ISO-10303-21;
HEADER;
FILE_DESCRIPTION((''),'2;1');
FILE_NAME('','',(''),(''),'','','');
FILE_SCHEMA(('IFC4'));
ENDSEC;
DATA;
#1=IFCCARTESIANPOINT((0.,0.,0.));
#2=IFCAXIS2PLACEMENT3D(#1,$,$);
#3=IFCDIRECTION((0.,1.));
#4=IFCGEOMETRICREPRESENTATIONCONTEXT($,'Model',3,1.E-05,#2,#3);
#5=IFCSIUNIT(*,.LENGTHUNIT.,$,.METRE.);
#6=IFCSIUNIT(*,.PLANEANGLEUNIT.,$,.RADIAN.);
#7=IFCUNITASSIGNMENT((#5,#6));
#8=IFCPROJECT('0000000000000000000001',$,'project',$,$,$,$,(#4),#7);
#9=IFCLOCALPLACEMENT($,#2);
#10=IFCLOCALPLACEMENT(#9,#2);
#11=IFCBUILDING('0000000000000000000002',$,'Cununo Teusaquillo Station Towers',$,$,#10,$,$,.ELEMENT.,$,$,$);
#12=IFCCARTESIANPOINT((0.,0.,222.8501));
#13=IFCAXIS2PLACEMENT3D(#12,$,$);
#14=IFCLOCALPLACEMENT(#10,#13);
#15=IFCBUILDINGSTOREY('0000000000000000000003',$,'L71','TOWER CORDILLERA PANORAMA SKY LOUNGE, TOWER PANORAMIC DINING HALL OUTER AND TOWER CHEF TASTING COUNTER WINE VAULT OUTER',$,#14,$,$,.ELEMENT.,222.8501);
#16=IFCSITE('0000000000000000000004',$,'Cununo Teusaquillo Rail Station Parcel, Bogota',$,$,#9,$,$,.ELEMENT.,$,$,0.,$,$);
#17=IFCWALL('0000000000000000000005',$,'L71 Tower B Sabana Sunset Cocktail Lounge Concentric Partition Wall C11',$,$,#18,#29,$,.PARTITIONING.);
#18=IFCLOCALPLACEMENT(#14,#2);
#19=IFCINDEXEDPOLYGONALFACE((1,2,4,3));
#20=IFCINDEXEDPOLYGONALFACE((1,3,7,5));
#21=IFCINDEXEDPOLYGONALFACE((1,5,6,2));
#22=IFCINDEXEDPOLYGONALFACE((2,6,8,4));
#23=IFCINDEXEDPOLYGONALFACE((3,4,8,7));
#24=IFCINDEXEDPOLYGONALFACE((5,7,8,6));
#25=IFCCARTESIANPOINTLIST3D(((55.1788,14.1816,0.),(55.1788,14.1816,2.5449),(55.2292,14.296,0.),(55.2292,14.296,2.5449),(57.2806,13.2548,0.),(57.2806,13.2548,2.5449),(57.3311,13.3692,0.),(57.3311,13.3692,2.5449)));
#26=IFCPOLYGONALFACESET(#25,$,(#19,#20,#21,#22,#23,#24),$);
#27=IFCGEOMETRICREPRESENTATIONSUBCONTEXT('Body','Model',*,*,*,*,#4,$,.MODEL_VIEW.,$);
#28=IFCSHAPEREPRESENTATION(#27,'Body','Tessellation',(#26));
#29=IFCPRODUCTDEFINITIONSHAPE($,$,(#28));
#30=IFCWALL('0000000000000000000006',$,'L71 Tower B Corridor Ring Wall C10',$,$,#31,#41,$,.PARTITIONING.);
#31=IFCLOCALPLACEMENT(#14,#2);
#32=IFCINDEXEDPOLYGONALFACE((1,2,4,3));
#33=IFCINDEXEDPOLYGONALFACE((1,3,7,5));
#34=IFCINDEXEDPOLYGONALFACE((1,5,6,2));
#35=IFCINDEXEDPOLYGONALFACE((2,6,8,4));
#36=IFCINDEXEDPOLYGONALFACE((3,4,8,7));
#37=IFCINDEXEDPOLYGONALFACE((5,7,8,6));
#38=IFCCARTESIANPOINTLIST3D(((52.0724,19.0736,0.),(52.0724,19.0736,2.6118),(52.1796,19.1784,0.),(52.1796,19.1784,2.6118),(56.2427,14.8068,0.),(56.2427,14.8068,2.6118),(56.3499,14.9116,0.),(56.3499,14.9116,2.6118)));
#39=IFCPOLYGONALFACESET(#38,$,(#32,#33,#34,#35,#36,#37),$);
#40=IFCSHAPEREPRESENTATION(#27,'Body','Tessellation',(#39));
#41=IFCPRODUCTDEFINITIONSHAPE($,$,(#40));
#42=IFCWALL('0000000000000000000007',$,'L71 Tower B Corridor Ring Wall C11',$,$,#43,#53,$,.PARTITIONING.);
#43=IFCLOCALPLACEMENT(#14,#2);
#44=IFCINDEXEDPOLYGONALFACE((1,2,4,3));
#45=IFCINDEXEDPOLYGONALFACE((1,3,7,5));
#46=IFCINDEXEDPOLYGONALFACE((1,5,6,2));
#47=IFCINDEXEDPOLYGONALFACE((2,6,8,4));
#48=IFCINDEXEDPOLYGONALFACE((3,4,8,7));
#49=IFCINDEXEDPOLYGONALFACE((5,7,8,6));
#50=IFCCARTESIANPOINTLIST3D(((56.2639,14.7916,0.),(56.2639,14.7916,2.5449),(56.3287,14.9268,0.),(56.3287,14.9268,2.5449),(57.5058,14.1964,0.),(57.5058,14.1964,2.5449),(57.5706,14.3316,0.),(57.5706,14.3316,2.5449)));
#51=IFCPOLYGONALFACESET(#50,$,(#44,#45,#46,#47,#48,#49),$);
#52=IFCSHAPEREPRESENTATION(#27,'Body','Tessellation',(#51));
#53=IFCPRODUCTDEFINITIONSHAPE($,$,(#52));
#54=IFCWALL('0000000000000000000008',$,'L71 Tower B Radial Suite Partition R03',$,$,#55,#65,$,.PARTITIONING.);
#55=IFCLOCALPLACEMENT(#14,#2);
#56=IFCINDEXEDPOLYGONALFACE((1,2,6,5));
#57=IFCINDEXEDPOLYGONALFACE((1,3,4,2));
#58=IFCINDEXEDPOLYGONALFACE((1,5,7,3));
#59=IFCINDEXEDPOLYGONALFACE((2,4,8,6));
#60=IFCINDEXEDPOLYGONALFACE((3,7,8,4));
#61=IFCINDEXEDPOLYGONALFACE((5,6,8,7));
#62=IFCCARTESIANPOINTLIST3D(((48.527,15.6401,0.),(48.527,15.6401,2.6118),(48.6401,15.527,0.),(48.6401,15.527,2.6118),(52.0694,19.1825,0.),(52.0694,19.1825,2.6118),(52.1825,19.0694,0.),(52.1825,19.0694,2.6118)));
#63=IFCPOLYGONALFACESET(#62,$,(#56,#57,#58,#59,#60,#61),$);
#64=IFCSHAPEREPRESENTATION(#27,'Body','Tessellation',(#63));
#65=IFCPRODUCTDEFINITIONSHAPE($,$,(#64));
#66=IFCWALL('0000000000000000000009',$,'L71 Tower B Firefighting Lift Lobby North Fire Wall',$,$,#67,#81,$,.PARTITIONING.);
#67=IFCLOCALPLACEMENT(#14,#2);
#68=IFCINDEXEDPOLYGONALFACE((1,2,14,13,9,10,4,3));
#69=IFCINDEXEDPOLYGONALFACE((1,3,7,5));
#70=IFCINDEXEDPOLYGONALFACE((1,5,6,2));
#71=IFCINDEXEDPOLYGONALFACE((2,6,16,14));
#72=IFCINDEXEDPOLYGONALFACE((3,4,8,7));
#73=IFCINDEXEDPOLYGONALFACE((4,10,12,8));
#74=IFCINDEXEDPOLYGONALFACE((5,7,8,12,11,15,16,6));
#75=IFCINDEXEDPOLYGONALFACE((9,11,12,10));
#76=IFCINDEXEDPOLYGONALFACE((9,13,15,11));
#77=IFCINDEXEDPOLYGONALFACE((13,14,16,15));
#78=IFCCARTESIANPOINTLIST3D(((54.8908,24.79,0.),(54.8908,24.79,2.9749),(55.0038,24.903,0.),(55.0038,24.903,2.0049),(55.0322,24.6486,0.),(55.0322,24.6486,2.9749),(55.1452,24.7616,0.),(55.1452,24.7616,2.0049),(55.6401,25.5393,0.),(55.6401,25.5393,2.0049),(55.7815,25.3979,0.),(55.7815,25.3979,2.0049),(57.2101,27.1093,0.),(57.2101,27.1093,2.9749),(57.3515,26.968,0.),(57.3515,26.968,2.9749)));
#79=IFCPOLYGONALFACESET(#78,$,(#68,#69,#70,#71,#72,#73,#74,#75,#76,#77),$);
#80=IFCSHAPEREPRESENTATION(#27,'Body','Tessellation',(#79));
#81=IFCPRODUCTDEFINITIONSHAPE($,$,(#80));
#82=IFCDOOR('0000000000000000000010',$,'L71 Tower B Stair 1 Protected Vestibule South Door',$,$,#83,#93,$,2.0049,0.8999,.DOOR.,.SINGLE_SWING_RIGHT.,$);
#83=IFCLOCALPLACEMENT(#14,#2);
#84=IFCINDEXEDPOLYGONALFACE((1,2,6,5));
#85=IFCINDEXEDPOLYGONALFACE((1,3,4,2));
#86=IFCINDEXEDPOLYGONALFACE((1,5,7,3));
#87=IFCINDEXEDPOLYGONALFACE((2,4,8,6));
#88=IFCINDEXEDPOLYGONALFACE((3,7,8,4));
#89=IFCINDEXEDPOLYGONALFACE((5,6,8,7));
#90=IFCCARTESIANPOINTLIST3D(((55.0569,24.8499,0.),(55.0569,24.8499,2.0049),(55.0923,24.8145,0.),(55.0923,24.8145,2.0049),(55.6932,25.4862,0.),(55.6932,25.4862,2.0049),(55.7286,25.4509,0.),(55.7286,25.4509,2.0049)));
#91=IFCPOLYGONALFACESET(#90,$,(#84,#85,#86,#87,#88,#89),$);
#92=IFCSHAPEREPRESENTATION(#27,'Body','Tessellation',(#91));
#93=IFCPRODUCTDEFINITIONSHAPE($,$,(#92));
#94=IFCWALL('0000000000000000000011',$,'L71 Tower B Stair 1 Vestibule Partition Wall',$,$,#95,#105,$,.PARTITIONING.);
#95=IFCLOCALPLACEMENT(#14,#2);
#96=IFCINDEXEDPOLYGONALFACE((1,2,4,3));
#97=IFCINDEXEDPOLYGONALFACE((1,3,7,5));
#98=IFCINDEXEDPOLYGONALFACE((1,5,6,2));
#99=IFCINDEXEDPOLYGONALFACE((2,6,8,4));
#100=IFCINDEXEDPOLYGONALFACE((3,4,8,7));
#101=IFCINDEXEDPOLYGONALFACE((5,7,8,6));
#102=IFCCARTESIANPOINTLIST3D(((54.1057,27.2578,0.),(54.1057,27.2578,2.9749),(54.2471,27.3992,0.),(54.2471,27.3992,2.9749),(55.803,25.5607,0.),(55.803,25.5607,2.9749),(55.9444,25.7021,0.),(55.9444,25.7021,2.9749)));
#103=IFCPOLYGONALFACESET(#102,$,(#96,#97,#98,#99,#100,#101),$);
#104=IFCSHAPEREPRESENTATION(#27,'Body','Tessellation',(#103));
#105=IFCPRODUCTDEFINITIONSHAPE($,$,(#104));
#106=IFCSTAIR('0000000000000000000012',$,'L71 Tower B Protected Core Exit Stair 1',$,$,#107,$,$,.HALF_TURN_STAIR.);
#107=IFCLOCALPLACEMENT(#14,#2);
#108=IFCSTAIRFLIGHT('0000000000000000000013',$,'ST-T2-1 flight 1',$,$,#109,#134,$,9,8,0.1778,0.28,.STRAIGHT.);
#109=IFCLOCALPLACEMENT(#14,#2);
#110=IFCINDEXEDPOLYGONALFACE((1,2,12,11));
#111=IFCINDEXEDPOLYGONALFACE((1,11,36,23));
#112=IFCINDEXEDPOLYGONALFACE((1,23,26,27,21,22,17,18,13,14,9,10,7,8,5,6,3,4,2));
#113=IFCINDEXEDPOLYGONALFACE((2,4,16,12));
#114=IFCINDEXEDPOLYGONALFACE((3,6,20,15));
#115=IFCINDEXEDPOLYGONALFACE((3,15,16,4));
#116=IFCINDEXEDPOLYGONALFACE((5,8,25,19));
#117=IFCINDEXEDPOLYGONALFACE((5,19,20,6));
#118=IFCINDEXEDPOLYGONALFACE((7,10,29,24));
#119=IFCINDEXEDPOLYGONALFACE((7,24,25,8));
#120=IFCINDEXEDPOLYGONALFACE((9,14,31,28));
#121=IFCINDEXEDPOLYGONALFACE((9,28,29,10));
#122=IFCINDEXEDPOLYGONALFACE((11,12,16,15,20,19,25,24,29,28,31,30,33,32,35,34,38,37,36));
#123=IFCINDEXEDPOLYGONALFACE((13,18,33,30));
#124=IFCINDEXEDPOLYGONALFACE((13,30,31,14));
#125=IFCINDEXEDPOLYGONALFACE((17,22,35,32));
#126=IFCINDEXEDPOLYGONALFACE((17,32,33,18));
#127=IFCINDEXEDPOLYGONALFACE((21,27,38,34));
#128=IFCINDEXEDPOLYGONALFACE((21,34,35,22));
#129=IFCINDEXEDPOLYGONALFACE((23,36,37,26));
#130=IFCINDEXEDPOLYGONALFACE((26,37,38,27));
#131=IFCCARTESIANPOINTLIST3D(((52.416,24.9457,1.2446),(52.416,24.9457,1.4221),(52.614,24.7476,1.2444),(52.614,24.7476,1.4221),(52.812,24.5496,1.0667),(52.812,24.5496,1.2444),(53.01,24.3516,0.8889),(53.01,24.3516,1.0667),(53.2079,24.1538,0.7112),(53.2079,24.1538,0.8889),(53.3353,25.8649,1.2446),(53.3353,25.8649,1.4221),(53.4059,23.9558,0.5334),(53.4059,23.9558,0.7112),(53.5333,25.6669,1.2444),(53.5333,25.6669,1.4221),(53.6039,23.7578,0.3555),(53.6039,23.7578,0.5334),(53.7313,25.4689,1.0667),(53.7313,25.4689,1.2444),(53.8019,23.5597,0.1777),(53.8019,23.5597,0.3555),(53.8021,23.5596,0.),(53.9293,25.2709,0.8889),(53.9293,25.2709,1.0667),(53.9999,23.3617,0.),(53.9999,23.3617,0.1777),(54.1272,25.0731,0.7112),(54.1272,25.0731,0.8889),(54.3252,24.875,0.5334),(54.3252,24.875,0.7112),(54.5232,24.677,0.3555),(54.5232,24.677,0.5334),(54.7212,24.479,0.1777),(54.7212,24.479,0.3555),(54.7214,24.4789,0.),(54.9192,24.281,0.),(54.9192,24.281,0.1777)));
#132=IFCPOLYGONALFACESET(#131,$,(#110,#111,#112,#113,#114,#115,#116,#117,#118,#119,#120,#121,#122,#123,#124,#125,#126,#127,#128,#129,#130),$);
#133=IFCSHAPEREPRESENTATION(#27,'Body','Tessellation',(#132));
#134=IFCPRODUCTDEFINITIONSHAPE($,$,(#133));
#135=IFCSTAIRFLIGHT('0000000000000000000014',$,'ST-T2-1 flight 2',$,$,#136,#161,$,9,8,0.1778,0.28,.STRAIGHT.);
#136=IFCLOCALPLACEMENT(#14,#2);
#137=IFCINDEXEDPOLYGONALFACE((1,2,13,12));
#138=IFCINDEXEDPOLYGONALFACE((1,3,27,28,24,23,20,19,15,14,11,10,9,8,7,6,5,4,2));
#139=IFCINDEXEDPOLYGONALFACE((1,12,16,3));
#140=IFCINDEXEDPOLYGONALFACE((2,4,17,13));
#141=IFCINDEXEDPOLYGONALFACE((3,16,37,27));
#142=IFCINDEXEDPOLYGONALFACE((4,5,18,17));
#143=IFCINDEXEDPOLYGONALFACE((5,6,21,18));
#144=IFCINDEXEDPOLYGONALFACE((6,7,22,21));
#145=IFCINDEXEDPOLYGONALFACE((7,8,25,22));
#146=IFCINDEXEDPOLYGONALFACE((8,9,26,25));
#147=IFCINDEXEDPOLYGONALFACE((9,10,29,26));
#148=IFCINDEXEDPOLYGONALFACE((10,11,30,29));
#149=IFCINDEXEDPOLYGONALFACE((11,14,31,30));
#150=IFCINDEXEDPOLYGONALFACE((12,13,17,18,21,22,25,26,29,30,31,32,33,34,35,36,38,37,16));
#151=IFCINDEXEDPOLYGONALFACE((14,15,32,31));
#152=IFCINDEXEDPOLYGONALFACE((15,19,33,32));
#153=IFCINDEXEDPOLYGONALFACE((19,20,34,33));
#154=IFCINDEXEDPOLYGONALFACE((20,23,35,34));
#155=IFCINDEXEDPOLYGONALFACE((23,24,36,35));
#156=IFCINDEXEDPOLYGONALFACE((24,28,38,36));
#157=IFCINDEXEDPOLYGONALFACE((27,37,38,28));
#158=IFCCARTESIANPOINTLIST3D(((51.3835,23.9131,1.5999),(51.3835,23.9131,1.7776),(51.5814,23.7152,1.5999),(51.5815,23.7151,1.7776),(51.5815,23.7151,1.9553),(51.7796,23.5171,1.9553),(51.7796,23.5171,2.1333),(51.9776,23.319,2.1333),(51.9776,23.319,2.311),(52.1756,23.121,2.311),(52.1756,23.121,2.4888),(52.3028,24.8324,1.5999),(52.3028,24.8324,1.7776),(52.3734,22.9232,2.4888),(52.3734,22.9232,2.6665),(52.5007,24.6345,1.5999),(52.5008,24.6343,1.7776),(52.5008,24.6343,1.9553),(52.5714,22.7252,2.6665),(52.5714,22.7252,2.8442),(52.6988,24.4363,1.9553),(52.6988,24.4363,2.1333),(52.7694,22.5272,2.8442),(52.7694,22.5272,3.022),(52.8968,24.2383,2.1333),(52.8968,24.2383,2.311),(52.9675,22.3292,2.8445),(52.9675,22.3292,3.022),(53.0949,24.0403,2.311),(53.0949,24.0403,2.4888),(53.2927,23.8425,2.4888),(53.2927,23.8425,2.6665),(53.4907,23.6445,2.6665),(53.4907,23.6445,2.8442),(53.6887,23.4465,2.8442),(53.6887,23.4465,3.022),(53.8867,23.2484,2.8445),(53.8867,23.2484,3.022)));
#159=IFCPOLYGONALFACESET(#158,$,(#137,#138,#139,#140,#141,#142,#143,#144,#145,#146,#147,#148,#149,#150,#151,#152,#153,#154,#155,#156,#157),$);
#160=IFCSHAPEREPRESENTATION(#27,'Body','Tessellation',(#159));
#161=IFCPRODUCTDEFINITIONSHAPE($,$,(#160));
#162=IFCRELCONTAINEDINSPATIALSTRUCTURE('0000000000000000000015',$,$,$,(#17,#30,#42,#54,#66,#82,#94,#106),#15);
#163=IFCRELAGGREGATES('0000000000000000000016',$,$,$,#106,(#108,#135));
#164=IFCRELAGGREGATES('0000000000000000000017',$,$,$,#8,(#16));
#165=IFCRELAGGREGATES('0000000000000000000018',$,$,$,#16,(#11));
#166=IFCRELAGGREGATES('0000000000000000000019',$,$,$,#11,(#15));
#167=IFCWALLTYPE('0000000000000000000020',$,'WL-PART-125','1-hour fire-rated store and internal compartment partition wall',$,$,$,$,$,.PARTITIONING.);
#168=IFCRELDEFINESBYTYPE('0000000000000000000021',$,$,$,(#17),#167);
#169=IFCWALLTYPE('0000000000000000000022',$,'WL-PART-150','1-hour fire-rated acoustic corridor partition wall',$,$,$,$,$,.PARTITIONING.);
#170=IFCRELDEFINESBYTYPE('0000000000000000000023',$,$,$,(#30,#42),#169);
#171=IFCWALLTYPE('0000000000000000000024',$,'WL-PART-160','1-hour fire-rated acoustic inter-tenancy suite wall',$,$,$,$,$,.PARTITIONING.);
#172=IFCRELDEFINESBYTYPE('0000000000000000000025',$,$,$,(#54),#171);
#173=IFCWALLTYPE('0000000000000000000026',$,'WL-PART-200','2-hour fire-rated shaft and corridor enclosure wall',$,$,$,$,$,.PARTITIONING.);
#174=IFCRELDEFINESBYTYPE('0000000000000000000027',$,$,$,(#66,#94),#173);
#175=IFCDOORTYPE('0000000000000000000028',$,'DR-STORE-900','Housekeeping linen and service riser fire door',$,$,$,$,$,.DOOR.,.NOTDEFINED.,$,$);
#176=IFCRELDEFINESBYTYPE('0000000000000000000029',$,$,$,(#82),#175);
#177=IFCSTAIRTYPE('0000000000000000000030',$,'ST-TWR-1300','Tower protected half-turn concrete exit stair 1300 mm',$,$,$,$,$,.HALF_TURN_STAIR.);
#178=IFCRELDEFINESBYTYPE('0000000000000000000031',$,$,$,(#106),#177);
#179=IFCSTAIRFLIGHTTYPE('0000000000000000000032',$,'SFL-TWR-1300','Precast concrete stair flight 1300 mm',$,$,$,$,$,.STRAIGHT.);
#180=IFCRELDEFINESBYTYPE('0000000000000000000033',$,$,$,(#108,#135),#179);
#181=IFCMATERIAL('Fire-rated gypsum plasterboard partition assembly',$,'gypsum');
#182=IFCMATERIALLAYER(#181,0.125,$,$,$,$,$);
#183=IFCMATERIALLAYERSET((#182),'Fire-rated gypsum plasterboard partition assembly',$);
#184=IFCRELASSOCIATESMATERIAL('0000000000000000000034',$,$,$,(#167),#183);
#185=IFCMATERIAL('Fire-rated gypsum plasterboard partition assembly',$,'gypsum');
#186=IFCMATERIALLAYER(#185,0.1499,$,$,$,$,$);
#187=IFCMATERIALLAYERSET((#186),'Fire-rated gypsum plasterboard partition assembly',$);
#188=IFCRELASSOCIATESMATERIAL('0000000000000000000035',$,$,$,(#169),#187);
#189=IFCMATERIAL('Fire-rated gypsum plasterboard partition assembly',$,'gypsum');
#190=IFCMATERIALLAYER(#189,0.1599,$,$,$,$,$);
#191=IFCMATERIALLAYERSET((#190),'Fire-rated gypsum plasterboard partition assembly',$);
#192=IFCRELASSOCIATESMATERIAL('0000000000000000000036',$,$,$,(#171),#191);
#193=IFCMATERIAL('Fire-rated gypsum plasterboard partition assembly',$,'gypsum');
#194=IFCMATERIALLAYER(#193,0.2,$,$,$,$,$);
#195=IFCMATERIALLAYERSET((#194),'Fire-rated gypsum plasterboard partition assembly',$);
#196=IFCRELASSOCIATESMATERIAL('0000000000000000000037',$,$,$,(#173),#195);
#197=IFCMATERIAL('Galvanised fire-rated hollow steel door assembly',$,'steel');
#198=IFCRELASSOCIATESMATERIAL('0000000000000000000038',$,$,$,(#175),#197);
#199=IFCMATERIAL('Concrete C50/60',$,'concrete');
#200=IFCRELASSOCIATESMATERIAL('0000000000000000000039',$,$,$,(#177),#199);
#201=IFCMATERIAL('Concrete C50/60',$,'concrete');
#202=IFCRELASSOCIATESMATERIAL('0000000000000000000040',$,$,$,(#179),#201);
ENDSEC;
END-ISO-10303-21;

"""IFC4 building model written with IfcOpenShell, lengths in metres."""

from ifc_helpers import new_model, si_unit, direction, frame, frame_2d, origin, place, context, subcontext, project, spatial, polyline, rectangle, outline, extrude, source, transform, mapped, material, layer, layer_set, type_object, element, fill, aggregate, save


model = new_model("IFC4")

# Units and contexts
model_context = context("Model", 3, precision=1e-05, world=origin(), true_north=direction((0.0, 1.0)))
body_context = subcontext(model_context, "Body", "Model", "MODEL_VIEW")
ifc_project = project(units=[si_unit("LENGTHUNIT", "METRE"), si_unit("PLANEANGLEUNIT", "RADIAN")], contexts=[model_context])

# Site, building, storey
site_placement = place(None, origin())
site = spatial("IfcSite", under=ifc_project, at=site_placement, Name="Cununo Teusaquillo Rail Station Parcel, Bogota", CompositionType="ELEMENT", RefElevation=0.0)
building_placement = place(site_placement, origin())
building = spatial("IfcBuilding", under=site, at=building_placement, Name="Cununo Teusaquillo Station Towers", CompositionType="ELEMENT")
storey_placement = place(building_placement, frame((0.0, 0.0, 222.8501)))
storey = spatial("IfcBuildingStorey", under=building, at=storey_placement, Name="L71", Description="TOWER CORDILLERA PANORAMA SKY LOUNGE, TOWER PANORAMIC DINING HALL OUTER AND TOWER CHEF TASTING COUNTER WINE VAULT OUTER", CompositionType="ELEMENT", Elevation=222.8501)

# Walls
ifc_material_1 = material(Name="Fire-rated gypsum plasterboard partition assembly", Category="gypsum")
ifc_layer_1 = layer(ifc_material_1, 0.125)
ifc_layer_set_1 = layer_set([ifc_layer_1], Name="Fire-rated gypsum plasterboard partition assembly")
wall_type_1 = type_object("IfcWallType", Name="WL-PART-125", Description="1-hour fire-rated store and internal compartment partition wall", PredefinedType="PARTITIONING", material=ifc_layer_set_1)
wall_1_placement = place(storey_placement, frame((55.2041, 14.2388, 0.0), z_axis=(0.0, 0.0, 1.0), x_axis=(0.915, -0.403454, 0.0)))
element("IfcWall", 1, at=wall_1_placement, inside=storey, type_object=wall_type_1, Name="L71 Tower B Sabana Sunset Cocktail Lounge Concentric Partition Wall C11", PredefinedType="PARTITIONING", context=body_context, shape_type="SweptSolid", body=[
    extrude(rectangle(XDim=2.2971, YDim=0.125, at=frame_2d((1.1484, 0.0))), origin(), (0.0, 0.0, 1.0), 2.5449),
])
ifc_material_2 = material(Name="Fire-rated gypsum plasterboard partition assembly", Category="gypsum")
ifc_layer_2 = layer(ifc_material_2, 0.1499)
ifc_layer_set_2 = layer_set([ifc_layer_2], Name="Fire-rated gypsum plasterboard partition assembly")
wall_type_2 = type_object("IfcWallType", Name="WL-PART-150", Description="1-hour fire-rated acoustic corridor partition wall", PredefinedType="PARTITIONING", material=ifc_layer_set_2)
wall_2_placement = place(storey_placement, frame((52.126, 19.126, 0.0), z_axis=(0.0, 0.0, 1.0), x_axis=(0.698979, -0.715142, 0.0)))
element("IfcWall", 2, at=wall_2_placement, inside=storey, type_object=wall_type_2, Name="L71 Tower B Corridor Ring Wall C10", PredefinedType="PARTITIONING", context=body_context, shape_type="SweptSolid", body=[
    extrude(rectangle(XDim=5.9663, YDim=0.1499, at=frame_2d((2.9832, 0.0))), origin(), (0.0, 0.0, 1.0), 2.6118),
])
wall_3_placement = place(storey_placement, frame((56.2964, 14.8591, 0.0), z_axis=(0.0, 0.0, 1.0), x_axis=(0.901783, -0.432189, 0.0)))
element("IfcWall", 3, at=wall_3_placement, inside=storey, type_object=wall_type_2, Name="L71 Tower B Corridor Ring Wall C11", PredefinedType="PARTITIONING", context=body_context, shape_type="SweptSolid", body=[
    extrude(rectangle(XDim=1.3772, YDim=0.1499, at=frame_2d((0.6885, 0.0))), origin(), (0.0, 0.0, 1.0), 2.5449),
])
ifc_material_3 = material(Name="Fire-rated gypsum plasterboard partition assembly", Category="gypsum")
ifc_layer_3 = layer(ifc_material_3, 0.1599)
ifc_layer_set_3 = layer_set([ifc_layer_3], Name="Fire-rated gypsum plasterboard partition assembly")
wall_type_3 = type_object("IfcWallType", Name="WL-PART-160", Description="1-hour fire-rated acoustic inter-tenancy suite wall", PredefinedType="PARTITIONING", material=ifc_layer_set_3)
wall_4_placement = place(storey_placement, frame((52.126, 19.126, 0.0), z_axis=(0.0, 0.0, 1.0), x_axis=(-0.707107, -0.707107, 0.0)))
element("IfcWall", 4, at=wall_4_placement, inside=storey, type_object=wall_type_3, Name="L71 Tower B Radial Suite Partition R03", PredefinedType="PARTITIONING", context=body_context, shape_type="SweptSolid", body=[
    extrude(rectangle(XDim=5.0098, YDim=0.1599, at=frame_2d((2.5049, 0.0))), origin(), (0.0, 0.0, 1.0), 2.6118),
])

# Wall, opening, door
ifc_material_4 = material(Name="Fire-rated gypsum plasterboard partition assembly", Category="gypsum")
ifc_layer_4 = layer(ifc_material_4, 0.2)
ifc_layer_set_4 = layer_set([ifc_layer_4], Name="Fire-rated gypsum plasterboard partition assembly")
wall_type_4 = type_object("IfcWallType", Name="WL-PART-200", Description="2-hour fire-rated shaft and corridor enclosure wall", PredefinedType="PARTITIONING", material=ifc_layer_set_4)
wall_5_placement = place(storey_placement, frame((54.9614, 24.7192, 0.0), z_axis=(0.0, 0.0, 1.0), x_axis=(0.707107, 0.707107, 0.0)))
wall_5 = element("IfcWall", 5, at=wall_5_placement, inside=storey, type_object=wall_type_4, Name="L71 Tower B Firefighting Lift Lobby North Fire Wall", PredefinedType="PARTITIONING", context=body_context, shape_type="SweptSolid", body=[
    extrude(rectangle(XDim=3.28, YDim=0.2, at=frame_2d((1.6401, 0.0))), origin(), (0.0, 0.0, 1.0), 2.9749),
])
shared_shape_1 = source(origin(), body_context, "Body", "SweptSolid", [
    extrude(rectangle(XDim=0.8999, YDim=2.0049, at=frame_2d((0.45, 1.0024))), frame((0.0, 0.1099, 0.0), z_axis=(0.0, -1.0, 0.0), x_axis=(1.0, 0.0, 0.0)), (0.0, 0.0, 1.0), 0.22),
])
opening_1_placement = place(wall_5_placement, frame((0.1599, 0.0, 0.0)))
opening_1 = element("IfcOpeningElement", 6, at=opening_1_placement, cuts=wall_5, PredefinedType="OPENING", context=body_context, shape_type="MappedRepresentation", body=[
    mapped(shared_shape_1, transform((0.0, 0.0, 0.0), x_axis=(1.0, 0.0, 0.0), y_axis=(0.0, 1.0, 0.0), z_axis=(0.0, 0.0, 1.0), scale=1.0)),
])
ifc_material_5 = material(Name="Galvanised fire-rated hollow steel door assembly", Category="steel")
door_type = type_object("IfcDoorType", Name="DR-STORE-900", Description="Housekeeping linen and service riser fire door", OperationType="NOTDEFINED", PredefinedType="DOOR", material=ifc_material_5)
shared_shape_2 = source(origin(), body_context, "Body", "SweptSolid", [
    extrude(rectangle(XDim=0.8999, YDim=2.0049, at=frame_2d((0.45, 1.0024))), frame((0.0, 0.0249, 0.0), z_axis=(0.0, -1.0, 0.0), x_axis=(1.0, 0.0, 0.0)), (0.0, 0.0, 1.0), 0.05),
])
door_placement = place(opening_1_placement, origin())
door = element("IfcDoor", 7, at=door_placement, inside=storey, type_object=door_type, Name="L71 Tower B Stair 1 Protected Vestibule South Door", OperationType="SINGLE_SWING_RIGHT", OverallHeight=2.0049, OverallWidth=0.8999, PredefinedType="DOOR", context=body_context, shape_type="MappedRepresentation", body=[
    mapped(shared_shape_2, transform((0.0, 0.0, 0.0), x_axis=(1.0, 0.0, 0.0), y_axis=(0.0, 1.0, 0.0), z_axis=(0.0, 0.0, 1.0), scale=1.0)),
])
fill(opening_1, door)

# Wall
wall_6_placement = place(storey_placement, frame((55.8738, 25.6313, 0.0), z_axis=(0.0, 0.0, 1.0), x_axis=(-0.707158, 0.707056, 0.0)))
element("IfcWall", 8, at=wall_6_placement, inside=storey, type_object=wall_type_4, Name="L71 Tower B Stair 1 Vestibule Partition Wall", PredefinedType="PARTITIONING", context=body_context, shape_type="SweptSolid", body=[
    extrude(rectangle(XDim=2.4001, YDim=0.2, at=frame_2d((1.2002, 0.0))), origin(), (0.0, 0.0, 1.0), 2.9749),
])

# Stair, stair flights
ifc_material_6 = material(Name="Concrete C50/60", Category="concrete")
stair_type = type_object("IfcStairType", Name="ST-TWR-1300", Description="Tower protected half-turn concrete exit stair 1300 mm", PredefinedType="HALF_TURN_STAIR", material=ifc_material_6)
stair_placement = place(storey_placement, origin())
stair = element("IfcStair", 9, at=stair_placement, inside=storey, type_object=stair_type, Name="L71 Tower B Protected Core Exit Stair 1", PredefinedType="HALF_TURN_STAIR")
ifc_material_7 = material(Name="Concrete C50/60", Category="concrete")
stair_flight_type = type_object("IfcStairFlightType", Name="SFL-TWR-1300", Description="Precast concrete stair flight 1300 mm", PredefinedType="STRAIGHT", material=ifc_material_7)
stair_flight_1_placement = place(storey_placement, frame((54.4595, 23.8213, 0.0), z_axis=(0.0, 0.0, 1.0), x_axis=(-0.707107, 0.707107, 0.0)))
stair_flight_1 = element("IfcStairFlight", 10, at=stair_flight_1_placement, type_object=stair_flight_type, Name="ST-T2-1 flight 1", NumberOfRisers=9, NumberOfTreads=8, PredefinedType="STRAIGHT", RiserHeight=0.1778, TreadLength=0.28, context=body_context, shape_type="SweptSolid", body=[
    extrude(outline(polyline([(0.0, 0.0), (0.0, 0.1777), (0.28, 0.1777), (0.28, 0.3555), (0.5601, 0.3555), (0.5601, 0.5334), (0.8401, 0.5334), (0.8401, 0.7112), (1.1201, 0.7112), (1.1201, 0.8889), (1.3999, 0.8889), (1.3999, 1.0667), (1.6799, 1.0667), (1.6799, 1.2444), (1.96, 1.2444), (1.96, 1.4221), (2.24, 1.4221), (2.24, 1.6001), (2.24, 1.2446), (0.2798, 0.0), (0.0, 0.0)])), frame((0.0, 0.6499, 0.0), z_axis=(0.0, -1.0, 0.0), x_axis=(1.0, 0.0, 0.0)), (0.0, 0.0, 1.0), 1.3),
])
stair_flight_2_placement = place(storey_placement, frame((51.8433, 24.3728, 1.5999), z_axis=(0.0, 0.0, 1.0), x_axis=(0.707107, -0.707107, 0.0)))
stair_flight_2 = element("IfcStairFlight", 11, at=stair_flight_2_placement, type_object=stair_flight_type, Name="ST-T2-1 flight 2", NumberOfRisers=9, NumberOfTreads=8, PredefinedType="STRAIGHT", RiserHeight=0.1778, TreadLength=0.28, context=body_context, shape_type="SweptSolid", body=[
    extrude(outline(polyline([(0.0, 0.0), (0.0, 0.1777), (0.28, 0.1777), (0.28, 0.3555), (0.5601, 0.3555), (0.5601, 0.5334), (0.8401, 0.5334), (0.8401, 0.7112), (1.1201, 0.7112), (1.1201, 0.8889), (1.3999, 0.8889), (1.3999, 1.0667), (1.6799, 1.0667), (1.6799, 1.2444), (1.96, 1.2444), (1.96, 1.4221), (2.24, 1.4221), (2.24, 1.6001), (2.24, 1.2446), (0.2798, 0.0), (0.0, 0.0)])), frame((0.0, 0.6499, 0.0), z_axis=(0.0, -1.0, 0.0), x_axis=(1.0, 0.0, 0.0)), (0.0, 0.0, 1.0), 1.3),
])
aggregate(stair, [stair_flight_1, stair_flight_2])

save(model, "model.ifc")
